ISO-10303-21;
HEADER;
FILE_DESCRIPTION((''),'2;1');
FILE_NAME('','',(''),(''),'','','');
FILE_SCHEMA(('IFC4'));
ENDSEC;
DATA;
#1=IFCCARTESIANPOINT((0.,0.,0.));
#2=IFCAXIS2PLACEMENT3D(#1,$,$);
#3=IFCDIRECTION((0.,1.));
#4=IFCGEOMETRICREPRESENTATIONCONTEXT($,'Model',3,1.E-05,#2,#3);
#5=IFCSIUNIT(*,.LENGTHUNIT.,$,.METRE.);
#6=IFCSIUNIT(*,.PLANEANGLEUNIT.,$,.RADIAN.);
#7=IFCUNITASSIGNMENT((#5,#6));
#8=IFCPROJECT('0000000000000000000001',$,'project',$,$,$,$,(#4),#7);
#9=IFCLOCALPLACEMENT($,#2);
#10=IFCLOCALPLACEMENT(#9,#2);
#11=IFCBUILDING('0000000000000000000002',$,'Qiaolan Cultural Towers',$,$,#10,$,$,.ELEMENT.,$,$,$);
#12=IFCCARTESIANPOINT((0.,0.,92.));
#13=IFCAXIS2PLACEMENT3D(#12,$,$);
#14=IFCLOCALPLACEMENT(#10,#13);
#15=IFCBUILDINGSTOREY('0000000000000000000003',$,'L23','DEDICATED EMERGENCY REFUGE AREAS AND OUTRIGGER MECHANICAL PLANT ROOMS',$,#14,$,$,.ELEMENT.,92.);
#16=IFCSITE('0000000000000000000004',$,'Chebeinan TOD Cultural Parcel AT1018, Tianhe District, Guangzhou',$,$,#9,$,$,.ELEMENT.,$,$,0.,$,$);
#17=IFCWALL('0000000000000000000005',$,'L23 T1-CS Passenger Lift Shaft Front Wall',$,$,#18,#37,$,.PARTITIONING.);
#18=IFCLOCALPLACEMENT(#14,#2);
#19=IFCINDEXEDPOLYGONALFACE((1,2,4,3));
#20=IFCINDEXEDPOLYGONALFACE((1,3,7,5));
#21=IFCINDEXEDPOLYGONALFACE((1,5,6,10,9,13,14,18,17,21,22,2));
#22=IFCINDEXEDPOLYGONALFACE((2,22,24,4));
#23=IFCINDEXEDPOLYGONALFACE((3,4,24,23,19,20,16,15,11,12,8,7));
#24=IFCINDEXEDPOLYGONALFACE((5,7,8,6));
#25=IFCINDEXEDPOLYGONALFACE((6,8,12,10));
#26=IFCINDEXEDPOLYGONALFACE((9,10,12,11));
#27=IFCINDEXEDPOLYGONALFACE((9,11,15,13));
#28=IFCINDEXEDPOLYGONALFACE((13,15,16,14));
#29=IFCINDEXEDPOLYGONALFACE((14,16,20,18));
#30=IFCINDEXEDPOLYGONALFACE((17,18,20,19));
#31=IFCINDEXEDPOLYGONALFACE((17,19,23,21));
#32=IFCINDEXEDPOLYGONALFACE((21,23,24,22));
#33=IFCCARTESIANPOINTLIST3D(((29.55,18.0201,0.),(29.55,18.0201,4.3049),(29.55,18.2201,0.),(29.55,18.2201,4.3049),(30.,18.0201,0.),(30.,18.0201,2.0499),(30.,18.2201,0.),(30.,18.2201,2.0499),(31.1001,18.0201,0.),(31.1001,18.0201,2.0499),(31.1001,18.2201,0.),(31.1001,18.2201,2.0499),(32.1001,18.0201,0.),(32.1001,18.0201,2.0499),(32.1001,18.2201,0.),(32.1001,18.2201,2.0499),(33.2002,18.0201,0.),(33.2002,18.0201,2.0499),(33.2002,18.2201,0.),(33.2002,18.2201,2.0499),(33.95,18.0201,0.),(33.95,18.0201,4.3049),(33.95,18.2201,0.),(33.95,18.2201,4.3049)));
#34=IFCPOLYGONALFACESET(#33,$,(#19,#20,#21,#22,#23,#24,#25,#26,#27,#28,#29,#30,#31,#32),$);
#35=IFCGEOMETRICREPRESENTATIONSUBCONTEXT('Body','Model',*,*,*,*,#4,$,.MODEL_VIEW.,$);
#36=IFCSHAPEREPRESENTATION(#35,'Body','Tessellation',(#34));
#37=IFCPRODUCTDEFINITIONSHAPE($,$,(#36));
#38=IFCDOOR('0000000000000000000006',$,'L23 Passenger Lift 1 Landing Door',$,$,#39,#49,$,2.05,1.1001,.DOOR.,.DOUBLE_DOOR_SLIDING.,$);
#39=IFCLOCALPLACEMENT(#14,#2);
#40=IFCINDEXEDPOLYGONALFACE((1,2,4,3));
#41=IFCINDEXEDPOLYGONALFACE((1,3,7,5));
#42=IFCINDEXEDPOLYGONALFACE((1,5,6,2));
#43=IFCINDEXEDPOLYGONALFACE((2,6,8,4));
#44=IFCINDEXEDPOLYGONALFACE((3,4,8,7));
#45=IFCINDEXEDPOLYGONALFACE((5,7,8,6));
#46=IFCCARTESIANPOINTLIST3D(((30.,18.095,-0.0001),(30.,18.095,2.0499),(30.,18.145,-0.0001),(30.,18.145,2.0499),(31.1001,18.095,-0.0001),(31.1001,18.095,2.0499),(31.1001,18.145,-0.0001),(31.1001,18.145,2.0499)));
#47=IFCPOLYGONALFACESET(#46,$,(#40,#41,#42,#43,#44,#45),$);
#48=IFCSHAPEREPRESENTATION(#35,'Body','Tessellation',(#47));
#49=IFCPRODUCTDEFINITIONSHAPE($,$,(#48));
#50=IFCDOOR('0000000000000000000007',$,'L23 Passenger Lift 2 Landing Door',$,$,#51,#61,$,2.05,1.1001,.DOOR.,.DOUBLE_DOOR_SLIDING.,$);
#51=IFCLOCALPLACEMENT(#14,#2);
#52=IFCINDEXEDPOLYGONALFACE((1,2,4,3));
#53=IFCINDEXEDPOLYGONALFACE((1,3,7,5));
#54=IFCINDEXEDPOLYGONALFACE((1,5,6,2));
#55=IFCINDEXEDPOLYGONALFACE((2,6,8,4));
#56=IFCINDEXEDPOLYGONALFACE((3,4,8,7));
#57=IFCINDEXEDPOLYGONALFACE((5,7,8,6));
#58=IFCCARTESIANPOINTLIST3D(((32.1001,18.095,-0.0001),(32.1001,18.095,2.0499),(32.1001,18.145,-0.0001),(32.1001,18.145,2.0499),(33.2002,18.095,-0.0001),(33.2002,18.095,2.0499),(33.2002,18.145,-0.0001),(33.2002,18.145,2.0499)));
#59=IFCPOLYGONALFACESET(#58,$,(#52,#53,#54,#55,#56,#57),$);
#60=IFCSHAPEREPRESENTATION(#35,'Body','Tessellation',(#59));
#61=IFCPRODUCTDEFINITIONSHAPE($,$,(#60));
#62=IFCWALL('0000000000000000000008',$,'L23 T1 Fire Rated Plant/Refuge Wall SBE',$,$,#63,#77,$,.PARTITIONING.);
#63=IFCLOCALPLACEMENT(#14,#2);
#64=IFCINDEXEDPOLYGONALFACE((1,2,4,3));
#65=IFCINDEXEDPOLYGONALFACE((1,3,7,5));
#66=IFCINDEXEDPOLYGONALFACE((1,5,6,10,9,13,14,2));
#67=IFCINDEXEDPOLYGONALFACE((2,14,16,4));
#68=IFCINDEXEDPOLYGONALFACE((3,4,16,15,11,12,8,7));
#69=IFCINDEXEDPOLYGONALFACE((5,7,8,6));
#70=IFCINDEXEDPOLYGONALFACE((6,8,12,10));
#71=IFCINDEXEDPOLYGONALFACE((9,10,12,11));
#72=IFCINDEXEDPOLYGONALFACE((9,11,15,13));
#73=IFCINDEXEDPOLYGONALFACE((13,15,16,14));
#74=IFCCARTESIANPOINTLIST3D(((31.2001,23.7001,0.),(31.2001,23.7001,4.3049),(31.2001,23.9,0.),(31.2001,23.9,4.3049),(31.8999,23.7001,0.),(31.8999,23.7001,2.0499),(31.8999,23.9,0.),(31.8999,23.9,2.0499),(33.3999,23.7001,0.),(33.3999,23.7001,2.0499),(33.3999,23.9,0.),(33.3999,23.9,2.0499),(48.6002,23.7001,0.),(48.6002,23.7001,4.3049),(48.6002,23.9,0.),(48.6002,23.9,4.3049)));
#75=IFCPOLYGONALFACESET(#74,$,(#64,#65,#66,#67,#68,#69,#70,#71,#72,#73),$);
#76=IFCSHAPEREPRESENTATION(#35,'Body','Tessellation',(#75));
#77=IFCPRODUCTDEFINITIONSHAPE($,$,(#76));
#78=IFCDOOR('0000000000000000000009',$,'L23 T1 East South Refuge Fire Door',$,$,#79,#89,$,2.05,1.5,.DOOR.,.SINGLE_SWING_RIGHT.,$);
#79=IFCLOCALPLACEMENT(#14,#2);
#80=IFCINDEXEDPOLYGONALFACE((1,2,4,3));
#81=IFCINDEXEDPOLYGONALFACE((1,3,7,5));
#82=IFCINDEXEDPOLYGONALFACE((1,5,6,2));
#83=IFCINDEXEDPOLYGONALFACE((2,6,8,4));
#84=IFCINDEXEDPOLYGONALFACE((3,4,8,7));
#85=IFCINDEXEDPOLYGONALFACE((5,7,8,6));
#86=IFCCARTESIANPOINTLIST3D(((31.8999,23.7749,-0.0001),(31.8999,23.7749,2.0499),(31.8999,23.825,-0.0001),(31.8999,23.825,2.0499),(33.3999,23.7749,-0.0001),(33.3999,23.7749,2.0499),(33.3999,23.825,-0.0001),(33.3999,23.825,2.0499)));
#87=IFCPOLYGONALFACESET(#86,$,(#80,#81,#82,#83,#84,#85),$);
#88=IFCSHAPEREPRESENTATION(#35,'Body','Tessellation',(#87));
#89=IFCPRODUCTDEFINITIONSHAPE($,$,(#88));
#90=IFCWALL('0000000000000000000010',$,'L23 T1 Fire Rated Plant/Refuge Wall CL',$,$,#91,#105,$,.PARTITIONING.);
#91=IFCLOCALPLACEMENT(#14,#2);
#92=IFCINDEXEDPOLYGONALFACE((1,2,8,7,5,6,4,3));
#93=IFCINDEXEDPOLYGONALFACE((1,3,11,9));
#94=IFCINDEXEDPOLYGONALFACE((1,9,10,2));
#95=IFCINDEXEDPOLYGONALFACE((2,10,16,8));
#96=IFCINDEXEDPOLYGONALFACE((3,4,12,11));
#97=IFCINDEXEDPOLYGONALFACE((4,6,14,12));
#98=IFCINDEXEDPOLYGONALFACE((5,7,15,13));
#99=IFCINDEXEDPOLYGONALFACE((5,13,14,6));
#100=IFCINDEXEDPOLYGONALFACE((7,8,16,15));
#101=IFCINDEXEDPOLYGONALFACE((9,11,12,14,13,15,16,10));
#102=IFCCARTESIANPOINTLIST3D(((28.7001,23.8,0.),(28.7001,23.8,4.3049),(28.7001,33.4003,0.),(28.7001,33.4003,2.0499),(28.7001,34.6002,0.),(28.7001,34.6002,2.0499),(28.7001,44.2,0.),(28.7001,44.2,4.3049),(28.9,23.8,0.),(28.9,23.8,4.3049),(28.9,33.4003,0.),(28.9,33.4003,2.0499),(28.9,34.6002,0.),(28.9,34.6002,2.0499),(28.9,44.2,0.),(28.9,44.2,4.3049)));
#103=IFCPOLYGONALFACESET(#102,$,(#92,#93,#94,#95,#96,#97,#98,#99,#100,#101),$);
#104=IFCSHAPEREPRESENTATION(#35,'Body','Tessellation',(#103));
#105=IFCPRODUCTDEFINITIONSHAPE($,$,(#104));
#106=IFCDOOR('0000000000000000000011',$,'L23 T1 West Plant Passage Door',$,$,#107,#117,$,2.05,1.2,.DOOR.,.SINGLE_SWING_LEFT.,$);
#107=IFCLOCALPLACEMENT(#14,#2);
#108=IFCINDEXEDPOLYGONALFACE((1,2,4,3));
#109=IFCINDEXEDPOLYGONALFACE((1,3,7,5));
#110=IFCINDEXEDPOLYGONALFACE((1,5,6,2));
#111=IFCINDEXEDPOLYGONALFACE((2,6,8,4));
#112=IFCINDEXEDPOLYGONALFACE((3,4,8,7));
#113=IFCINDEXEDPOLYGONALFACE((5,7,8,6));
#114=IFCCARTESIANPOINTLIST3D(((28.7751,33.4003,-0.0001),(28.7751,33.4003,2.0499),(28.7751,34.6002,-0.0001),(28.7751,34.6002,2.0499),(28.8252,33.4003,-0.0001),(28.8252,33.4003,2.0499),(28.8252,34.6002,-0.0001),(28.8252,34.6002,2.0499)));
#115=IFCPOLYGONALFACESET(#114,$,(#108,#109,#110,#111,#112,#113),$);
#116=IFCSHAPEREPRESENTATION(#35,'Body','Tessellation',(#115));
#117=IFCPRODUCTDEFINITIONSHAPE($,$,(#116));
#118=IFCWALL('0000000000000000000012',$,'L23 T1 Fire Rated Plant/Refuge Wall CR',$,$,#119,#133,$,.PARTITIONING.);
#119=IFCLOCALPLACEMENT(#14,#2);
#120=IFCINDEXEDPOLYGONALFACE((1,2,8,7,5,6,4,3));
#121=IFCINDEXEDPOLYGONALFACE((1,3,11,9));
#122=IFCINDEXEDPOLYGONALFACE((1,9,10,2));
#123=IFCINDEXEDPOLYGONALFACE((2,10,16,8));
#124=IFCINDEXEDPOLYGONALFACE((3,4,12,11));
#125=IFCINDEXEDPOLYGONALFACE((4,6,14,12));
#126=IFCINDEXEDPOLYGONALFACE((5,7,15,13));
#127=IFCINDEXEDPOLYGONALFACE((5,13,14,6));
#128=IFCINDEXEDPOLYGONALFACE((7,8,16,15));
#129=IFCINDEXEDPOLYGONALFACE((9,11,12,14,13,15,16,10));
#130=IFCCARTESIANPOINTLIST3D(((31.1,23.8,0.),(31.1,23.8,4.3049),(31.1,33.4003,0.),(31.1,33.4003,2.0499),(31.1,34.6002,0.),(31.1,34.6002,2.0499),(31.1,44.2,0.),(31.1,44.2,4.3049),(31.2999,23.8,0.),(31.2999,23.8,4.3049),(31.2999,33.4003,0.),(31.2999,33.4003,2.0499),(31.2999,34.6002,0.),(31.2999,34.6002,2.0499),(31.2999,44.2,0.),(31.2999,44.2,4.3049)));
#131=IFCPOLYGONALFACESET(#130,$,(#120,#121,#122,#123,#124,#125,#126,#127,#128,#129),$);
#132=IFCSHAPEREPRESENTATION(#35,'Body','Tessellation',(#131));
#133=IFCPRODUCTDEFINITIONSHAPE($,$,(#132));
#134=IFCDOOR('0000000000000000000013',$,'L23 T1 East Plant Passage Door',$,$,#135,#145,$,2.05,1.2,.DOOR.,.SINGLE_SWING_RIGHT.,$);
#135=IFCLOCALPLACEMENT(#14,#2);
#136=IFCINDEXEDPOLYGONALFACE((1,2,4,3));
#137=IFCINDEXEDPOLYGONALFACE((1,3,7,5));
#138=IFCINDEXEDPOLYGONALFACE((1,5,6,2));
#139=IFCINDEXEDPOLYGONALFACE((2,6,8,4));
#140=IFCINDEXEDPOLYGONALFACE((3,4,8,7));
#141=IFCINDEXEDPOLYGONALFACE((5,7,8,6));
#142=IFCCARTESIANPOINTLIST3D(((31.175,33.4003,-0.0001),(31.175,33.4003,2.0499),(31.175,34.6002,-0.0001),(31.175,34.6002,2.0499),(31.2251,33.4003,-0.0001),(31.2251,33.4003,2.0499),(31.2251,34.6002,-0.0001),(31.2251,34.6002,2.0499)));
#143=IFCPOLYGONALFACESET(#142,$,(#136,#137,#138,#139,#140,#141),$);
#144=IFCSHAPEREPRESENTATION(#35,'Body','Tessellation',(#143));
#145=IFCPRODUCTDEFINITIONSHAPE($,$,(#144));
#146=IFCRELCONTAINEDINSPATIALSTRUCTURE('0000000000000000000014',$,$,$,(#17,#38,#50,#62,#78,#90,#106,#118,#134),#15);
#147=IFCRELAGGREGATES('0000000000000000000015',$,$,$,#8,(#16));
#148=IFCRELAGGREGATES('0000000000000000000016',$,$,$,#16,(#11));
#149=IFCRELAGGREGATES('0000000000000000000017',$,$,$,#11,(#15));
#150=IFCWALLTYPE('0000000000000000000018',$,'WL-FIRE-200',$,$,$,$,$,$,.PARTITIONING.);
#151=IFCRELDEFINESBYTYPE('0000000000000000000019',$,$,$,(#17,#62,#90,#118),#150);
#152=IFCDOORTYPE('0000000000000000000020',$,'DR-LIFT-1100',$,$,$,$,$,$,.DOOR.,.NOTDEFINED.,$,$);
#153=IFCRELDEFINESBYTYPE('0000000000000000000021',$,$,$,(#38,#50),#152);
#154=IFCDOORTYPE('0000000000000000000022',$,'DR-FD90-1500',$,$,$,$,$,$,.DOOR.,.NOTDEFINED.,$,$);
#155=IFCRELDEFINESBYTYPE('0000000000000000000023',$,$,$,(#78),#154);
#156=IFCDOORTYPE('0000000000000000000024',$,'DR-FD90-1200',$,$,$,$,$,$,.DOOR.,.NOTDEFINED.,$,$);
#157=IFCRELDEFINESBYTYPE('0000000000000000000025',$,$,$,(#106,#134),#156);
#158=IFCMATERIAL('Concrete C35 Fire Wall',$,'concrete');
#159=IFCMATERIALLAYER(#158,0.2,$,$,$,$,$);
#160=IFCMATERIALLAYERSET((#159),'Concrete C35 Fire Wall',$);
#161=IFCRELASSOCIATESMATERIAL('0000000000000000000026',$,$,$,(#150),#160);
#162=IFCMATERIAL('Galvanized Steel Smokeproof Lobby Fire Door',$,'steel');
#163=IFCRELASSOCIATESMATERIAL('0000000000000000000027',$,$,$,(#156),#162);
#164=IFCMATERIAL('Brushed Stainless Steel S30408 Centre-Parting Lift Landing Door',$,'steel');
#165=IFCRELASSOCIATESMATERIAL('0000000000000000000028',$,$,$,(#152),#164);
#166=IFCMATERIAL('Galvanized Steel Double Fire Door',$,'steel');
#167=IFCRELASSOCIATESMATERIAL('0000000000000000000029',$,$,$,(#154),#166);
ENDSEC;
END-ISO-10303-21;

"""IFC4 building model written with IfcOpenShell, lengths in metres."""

from ifc_helpers import new_model, si_unit, direction, frame, frame_2d, origin, place, context, subcontext, project, spatial, rectangle, extrude, material, layer, layer_set, type_object, element, fill, save


model = new_model("IFC4")

# Units and contexts
model_context = context("Model", 3, precision=1e-05, world=origin(), true_north=direction((0.0, 1.0)))
body_context = subcontext(model_context, "Body", "Model", "MODEL_VIEW")
ifc_project = project(units=[si_unit("LENGTHUNIT", "METRE"), si_unit("PLANEANGLEUNIT", "RADIAN")], contexts=[model_context])

# Site, building, storey
site_placement = place(None, origin())
site = spatial("IfcSite", under=ifc_project, at=site_placement, Name="Chebeinan TOD Cultural Parcel AT1018, Tianhe District, Guangzhou", CompositionType="ELEMENT", RefElevation=0.0)
building_placement = place(site_placement, origin())
building = spatial("IfcBuilding", under=site, at=building_placement, Name="Qiaolan Cultural Towers", CompositionType="ELEMENT")
storey_placement = place(building_placement, frame((0.0, 0.0, 92.0)))
storey = spatial("IfcBuildingStorey", under=building, at=storey_placement, Name="L23", Description="DEDICATED EMERGENCY REFUGE AREAS AND OUTRIGGER MECHANICAL PLANT ROOMS", CompositionType="ELEMENT", Elevation=92.0)

# Shared definitions
ifc_material_1 = material(Name="Concrete C35 Fire Wall", Category="concrete")
ifc_layer_1 = layer(ifc_material_1, 0.2)
ifc_layer_set_1 = layer_set([ifc_layer_1], Name="Concrete C35 Fire Wall")
wall_type_1 = type_object("IfcWallType", Name="WL-FIRE-200", PredefinedType="PARTITIONING", material=ifc_layer_set_1)

# Shared definitions
ifc_material_2 = material(Name="Galvanized Steel Smokeproof Lobby Fire Door", Category="steel")
door_type_1 = type_object("IfcDoorType", Name="DR-FD90-1200", OperationType="NOTDEFINED", PredefinedType="DOOR", material=ifc_material_2)

# Wall, openings, doors
wall_1_placement = place(storey_placement, frame((29.55, 18.1201, 0.0), z_axis=(0.0, 0.0, 1.0), x_axis=(1.0, 0.0, 0.0)))
wall_1 = element("IfcWall", 1, at=wall_1_placement, inside=storey, type_object=wall_type_1, Name="L23 T1-CS Passenger Lift Shaft Front Wall", PredefinedType="PARTITIONING", context=body_context, shape_type="SweptSolid", body=[
    extrude(rectangle(XDim=4.3999, YDim=0.2, at=frame_2d((2.2, 0.0))), origin(), (0.0, 0.0, 1.0), 4.3049),
])
opening_1_placement = place(wall_1_placement, frame((0.45, 0.0, 0.0)))
opening_1 = element("IfcOpeningElement", 2, at=opening_1_placement, cuts=wall_1, PredefinedType="OPENING", context=body_context, shape_type="SweptSolid", body=[
    extrude(rectangle(XDim=1.1001, YDim=2.05, at=frame_2d((0.55, 1.0249))), frame((0.0, 0.1099, 0.0), z_axis=(0.0, -1.0, 0.0), x_axis=(1.0, 0.0, 0.0)), (0.0, 0.0, 1.0), 0.22),
])
opening_2_placement = place(wall_1_placement, frame((2.55, 0.0, 0.0)))
opening_2 = element("IfcOpeningElement", 3, at=opening_2_placement, cuts=wall_1, PredefinedType="OPENING", context=body_context, shape_type="SweptSolid", body=[
    extrude(rectangle(XDim=1.1001, YDim=2.05, at=frame_2d((0.55, 1.0249))), frame((0.0, 0.1099, 0.0), z_axis=(0.0, -1.0, 0.0), x_axis=(1.0, 0.0, 0.0)), (0.0, 0.0, 1.0), 0.22),
])
ifc_material_3 = material(Name="Brushed Stainless Steel S30408 Centre-Parting Lift Landing Door", Category="steel")
door_type_2 = type_object("IfcDoorType", Name="DR-LIFT-1100", OperationType="NOTDEFINED", PredefinedType="DOOR", material=ifc_material_3)
door_1_placement = place(opening_1_placement, origin())
door_1 = element("IfcDoor", 4, at=door_1_placement, inside=storey, type_object=door_type_2, Name="L23 Passenger Lift 1 Landing Door", OperationType="DOUBLE_DOOR_SLIDING", OverallHeight=2.05, OverallWidth=1.1001, PredefinedType="DOOR", context=body_context, shape_type="SweptSolid", body=[
    extrude(rectangle(XDim=1.1001, YDim=2.05, at=frame_2d((0.55, 1.0249))), frame((0.0, 0.0249, 0.0), z_axis=(0.0, -1.0, 0.0), x_axis=(1.0, 0.0, 0.0)), (0.0, 0.0, 1.0), 0.05),
])
fill(opening_1, door_1)
door_2_placement = place(opening_2_placement, origin())
door_2 = element("IfcDoor", 5, at=door_2_placement, inside=storey, type_object=door_type_2, Name="L23 Passenger Lift 2 Landing Door", OperationType="DOUBLE_DOOR_SLIDING", OverallHeight=2.05, OverallWidth=1.1001, PredefinedType="DOOR", context=body_context, shape_type="SweptSolid", body=[
    extrude(rectangle(XDim=1.1001, YDim=2.05, at=frame_2d((0.55, 1.0249))), frame((0.0, 0.0249, 0.0), z_axis=(0.0, -1.0, 0.0), x_axis=(1.0, 0.0, 0.0)), (0.0, 0.0, 1.0), 0.05),
])
fill(opening_2, door_2)

# Walls, openings, doors
wall_2_placement = place(storey_placement, frame((31.2, 23.8, 0.0), z_axis=(0.0, 0.0, 1.0), x_axis=(1.0, 0.0, 0.0)))
wall_2 = element("IfcWall", 6, at=wall_2_placement, inside=storey, type_object=wall_type_1, Name="L23 T1 Fire Rated Plant/Refuge Wall SBE", PredefinedType="PARTITIONING", context=body_context, shape_type="SweptSolid", body=[
    extrude(rectangle(XDim=17.4001, YDim=0.2, at=frame_2d((8.7002, 0.0))), origin(), (0.0, 0.0, 1.0), 4.3049),
])
opening_3_placement = place(wall_2_placement, frame((0.7, 0.0, 0.0)))
opening_3 = element("IfcOpeningElement", 7, at=opening_3_placement, cuts=wall_2, PredefinedType="OPENING", context=body_context, shape_type="SweptSolid", body=[
    extrude(rectangle(XDim=1.5, YDim=2.05, at=frame_2d((0.75, 1.0249))), frame((0.0, 0.1099, 0.0), z_axis=(0.0, -1.0, 0.0), x_axis=(1.0, 0.0, 0.0)), (0.0, 0.0, 1.0), 0.22),
])
ifc_material_4 = material(Name="Galvanized Steel Double Fire Door", Category="steel")
door_type_3 = type_object("IfcDoorType", Name="DR-FD90-1500", OperationType="NOTDEFINED", PredefinedType="DOOR", material=ifc_material_4)
door_3_placement = place(opening_3_placement, origin())
door_3 = element("IfcDoor", 8, at=door_3_placement, inside=storey, type_object=door_type_3, Name="L23 T1 East South Refuge Fire Door", OperationType="SINGLE_SWING_RIGHT", OverallHeight=2.05, OverallWidth=1.5, PredefinedType="DOOR", context=body_context, shape_type="SweptSolid", body=[
    extrude(rectangle(XDim=1.5, YDim=2.05, at=frame_2d((0.75, 1.0249))), frame((0.0, 0.0249, 0.0), z_axis=(0.0, -1.0, 0.0), x_axis=(1.0, 0.0, 0.0)), (0.0, 0.0, 1.0), 0.05),
])
fill(opening_3, door_3)
wall_3_placement = place(storey_placement, frame((28.8, 23.8, 0.0), z_axis=(0.0, 0.0, 1.0), x_axis=(0.0, 1.0, 0.0)))
wall_3 = element("IfcWall", 9, at=wall_3_placement, inside=storey, type_object=wall_type_1, Name="L23 T1 Fire Rated Plant/Refuge Wall CL", PredefinedType="PARTITIONING", context=body_context, shape_type="SweptSolid", body=[
    extrude(rectangle(XDim=20.3999, YDim=0.2, at=frame_2d((10.2, 0.0))), origin(), (0.0, 0.0, 1.0), 4.3049),
])
opening_4_placement = place(wall_3_placement, frame((9.6001, 0.0, 0.0)))
opening_4 = element("IfcOpeningElement", 10, at=opening_4_placement, cuts=wall_3, PredefinedType="OPENING", context=body_context, shape_type="SweptSolid", body=[
    extrude(rectangle(XDim=1.2, YDim=2.05, at=frame_2d((0.6001, 1.0249))), frame((0.0, 0.1099, 0.0), z_axis=(0.0, -1.0, 0.0), x_axis=(1.0, 0.0, 0.0)), (0.0, 0.0, 1.0), 0.22),
])
door_4_placement = place(opening_4_placement, origin())
door_4 = element("IfcDoor", 11, at=door_4_placement, inside=storey, type_object=door_type_1, Name="L23 T1 West Plant Passage Door", OperationType="SINGLE_SWING_LEFT", OverallHeight=2.05, OverallWidth=1.2, PredefinedType="DOOR", context=body_context, shape_type="SweptSolid", body=[
    extrude(rectangle(XDim=1.2, YDim=2.05, at=frame_2d((0.6001, 1.0249))), frame((0.0, 0.0249, 0.0), z_axis=(0.0, -1.0, 0.0), x_axis=(1.0, 0.0, 0.0)), (0.0, 0.0, 1.0), 0.05),
])
fill(opening_4, door_4)
wall_4_placement = place(storey_placement, frame((31.2, 23.8, 0.0), z_axis=(0.0, 0.0, 1.0), x_axis=(0.0, 1.0, 0.0)))
wall_4 = element("IfcWall", 12, at=wall_4_placement, inside=storey, type_object=wall_type_1, Name="L23 T1 Fire Rated Plant/Refuge Wall CR", PredefinedType="PARTITIONING", context=body_context, shape_type="SweptSolid", body=[
    extrude(rectangle(XDim=20.3999, YDim=0.2, at=frame_2d((10.2, 0.0))), origin(), (0.0, 0.0, 1.0), 4.3049),
])
opening_5_placement = place(wall_4_placement, frame((9.6001, 0.0, 0.0)))
opening_5 = element("IfcOpeningElement", 13, at=opening_5_placement, cuts=wall_4, PredefinedType="OPENING", context=body_context, shape_type="SweptSolid", body=[
    extrude(rectangle(XDim=1.2, YDim=2.05, at=frame_2d((0.6001, 1.0249))), frame((0.0, 0.1099, 0.0), z_axis=(0.0, -1.0, 0.0), x_axis=(1.0, 0.0, 0.0)), (0.0, 0.0, 1.0), 0.22),
])
door_5_placement = place(opening_5_placement, origin())
door_5 = element("IfcDoor", 14, at=door_5_placement, inside=storey, type_object=door_type_1, Name="L23 T1 East Plant Passage Door", OperationType="SINGLE_SWING_RIGHT", OverallHeight=2.05, OverallWidth=1.2, PredefinedType="DOOR", context=body_context, shape_type="SweptSolid", body=[
    extrude(rectangle(XDim=1.2, YDim=2.05, at=frame_2d((0.6001, 1.0249))), frame((0.0, 0.0249, 0.0), z_axis=(0.0, -1.0, 0.0), x_axis=(1.0, 0.0, 0.0)), (0.0, 0.0, 1.0), 0.05),
])
fill(opening_5, door_5)

save(model, "model.ifc")
